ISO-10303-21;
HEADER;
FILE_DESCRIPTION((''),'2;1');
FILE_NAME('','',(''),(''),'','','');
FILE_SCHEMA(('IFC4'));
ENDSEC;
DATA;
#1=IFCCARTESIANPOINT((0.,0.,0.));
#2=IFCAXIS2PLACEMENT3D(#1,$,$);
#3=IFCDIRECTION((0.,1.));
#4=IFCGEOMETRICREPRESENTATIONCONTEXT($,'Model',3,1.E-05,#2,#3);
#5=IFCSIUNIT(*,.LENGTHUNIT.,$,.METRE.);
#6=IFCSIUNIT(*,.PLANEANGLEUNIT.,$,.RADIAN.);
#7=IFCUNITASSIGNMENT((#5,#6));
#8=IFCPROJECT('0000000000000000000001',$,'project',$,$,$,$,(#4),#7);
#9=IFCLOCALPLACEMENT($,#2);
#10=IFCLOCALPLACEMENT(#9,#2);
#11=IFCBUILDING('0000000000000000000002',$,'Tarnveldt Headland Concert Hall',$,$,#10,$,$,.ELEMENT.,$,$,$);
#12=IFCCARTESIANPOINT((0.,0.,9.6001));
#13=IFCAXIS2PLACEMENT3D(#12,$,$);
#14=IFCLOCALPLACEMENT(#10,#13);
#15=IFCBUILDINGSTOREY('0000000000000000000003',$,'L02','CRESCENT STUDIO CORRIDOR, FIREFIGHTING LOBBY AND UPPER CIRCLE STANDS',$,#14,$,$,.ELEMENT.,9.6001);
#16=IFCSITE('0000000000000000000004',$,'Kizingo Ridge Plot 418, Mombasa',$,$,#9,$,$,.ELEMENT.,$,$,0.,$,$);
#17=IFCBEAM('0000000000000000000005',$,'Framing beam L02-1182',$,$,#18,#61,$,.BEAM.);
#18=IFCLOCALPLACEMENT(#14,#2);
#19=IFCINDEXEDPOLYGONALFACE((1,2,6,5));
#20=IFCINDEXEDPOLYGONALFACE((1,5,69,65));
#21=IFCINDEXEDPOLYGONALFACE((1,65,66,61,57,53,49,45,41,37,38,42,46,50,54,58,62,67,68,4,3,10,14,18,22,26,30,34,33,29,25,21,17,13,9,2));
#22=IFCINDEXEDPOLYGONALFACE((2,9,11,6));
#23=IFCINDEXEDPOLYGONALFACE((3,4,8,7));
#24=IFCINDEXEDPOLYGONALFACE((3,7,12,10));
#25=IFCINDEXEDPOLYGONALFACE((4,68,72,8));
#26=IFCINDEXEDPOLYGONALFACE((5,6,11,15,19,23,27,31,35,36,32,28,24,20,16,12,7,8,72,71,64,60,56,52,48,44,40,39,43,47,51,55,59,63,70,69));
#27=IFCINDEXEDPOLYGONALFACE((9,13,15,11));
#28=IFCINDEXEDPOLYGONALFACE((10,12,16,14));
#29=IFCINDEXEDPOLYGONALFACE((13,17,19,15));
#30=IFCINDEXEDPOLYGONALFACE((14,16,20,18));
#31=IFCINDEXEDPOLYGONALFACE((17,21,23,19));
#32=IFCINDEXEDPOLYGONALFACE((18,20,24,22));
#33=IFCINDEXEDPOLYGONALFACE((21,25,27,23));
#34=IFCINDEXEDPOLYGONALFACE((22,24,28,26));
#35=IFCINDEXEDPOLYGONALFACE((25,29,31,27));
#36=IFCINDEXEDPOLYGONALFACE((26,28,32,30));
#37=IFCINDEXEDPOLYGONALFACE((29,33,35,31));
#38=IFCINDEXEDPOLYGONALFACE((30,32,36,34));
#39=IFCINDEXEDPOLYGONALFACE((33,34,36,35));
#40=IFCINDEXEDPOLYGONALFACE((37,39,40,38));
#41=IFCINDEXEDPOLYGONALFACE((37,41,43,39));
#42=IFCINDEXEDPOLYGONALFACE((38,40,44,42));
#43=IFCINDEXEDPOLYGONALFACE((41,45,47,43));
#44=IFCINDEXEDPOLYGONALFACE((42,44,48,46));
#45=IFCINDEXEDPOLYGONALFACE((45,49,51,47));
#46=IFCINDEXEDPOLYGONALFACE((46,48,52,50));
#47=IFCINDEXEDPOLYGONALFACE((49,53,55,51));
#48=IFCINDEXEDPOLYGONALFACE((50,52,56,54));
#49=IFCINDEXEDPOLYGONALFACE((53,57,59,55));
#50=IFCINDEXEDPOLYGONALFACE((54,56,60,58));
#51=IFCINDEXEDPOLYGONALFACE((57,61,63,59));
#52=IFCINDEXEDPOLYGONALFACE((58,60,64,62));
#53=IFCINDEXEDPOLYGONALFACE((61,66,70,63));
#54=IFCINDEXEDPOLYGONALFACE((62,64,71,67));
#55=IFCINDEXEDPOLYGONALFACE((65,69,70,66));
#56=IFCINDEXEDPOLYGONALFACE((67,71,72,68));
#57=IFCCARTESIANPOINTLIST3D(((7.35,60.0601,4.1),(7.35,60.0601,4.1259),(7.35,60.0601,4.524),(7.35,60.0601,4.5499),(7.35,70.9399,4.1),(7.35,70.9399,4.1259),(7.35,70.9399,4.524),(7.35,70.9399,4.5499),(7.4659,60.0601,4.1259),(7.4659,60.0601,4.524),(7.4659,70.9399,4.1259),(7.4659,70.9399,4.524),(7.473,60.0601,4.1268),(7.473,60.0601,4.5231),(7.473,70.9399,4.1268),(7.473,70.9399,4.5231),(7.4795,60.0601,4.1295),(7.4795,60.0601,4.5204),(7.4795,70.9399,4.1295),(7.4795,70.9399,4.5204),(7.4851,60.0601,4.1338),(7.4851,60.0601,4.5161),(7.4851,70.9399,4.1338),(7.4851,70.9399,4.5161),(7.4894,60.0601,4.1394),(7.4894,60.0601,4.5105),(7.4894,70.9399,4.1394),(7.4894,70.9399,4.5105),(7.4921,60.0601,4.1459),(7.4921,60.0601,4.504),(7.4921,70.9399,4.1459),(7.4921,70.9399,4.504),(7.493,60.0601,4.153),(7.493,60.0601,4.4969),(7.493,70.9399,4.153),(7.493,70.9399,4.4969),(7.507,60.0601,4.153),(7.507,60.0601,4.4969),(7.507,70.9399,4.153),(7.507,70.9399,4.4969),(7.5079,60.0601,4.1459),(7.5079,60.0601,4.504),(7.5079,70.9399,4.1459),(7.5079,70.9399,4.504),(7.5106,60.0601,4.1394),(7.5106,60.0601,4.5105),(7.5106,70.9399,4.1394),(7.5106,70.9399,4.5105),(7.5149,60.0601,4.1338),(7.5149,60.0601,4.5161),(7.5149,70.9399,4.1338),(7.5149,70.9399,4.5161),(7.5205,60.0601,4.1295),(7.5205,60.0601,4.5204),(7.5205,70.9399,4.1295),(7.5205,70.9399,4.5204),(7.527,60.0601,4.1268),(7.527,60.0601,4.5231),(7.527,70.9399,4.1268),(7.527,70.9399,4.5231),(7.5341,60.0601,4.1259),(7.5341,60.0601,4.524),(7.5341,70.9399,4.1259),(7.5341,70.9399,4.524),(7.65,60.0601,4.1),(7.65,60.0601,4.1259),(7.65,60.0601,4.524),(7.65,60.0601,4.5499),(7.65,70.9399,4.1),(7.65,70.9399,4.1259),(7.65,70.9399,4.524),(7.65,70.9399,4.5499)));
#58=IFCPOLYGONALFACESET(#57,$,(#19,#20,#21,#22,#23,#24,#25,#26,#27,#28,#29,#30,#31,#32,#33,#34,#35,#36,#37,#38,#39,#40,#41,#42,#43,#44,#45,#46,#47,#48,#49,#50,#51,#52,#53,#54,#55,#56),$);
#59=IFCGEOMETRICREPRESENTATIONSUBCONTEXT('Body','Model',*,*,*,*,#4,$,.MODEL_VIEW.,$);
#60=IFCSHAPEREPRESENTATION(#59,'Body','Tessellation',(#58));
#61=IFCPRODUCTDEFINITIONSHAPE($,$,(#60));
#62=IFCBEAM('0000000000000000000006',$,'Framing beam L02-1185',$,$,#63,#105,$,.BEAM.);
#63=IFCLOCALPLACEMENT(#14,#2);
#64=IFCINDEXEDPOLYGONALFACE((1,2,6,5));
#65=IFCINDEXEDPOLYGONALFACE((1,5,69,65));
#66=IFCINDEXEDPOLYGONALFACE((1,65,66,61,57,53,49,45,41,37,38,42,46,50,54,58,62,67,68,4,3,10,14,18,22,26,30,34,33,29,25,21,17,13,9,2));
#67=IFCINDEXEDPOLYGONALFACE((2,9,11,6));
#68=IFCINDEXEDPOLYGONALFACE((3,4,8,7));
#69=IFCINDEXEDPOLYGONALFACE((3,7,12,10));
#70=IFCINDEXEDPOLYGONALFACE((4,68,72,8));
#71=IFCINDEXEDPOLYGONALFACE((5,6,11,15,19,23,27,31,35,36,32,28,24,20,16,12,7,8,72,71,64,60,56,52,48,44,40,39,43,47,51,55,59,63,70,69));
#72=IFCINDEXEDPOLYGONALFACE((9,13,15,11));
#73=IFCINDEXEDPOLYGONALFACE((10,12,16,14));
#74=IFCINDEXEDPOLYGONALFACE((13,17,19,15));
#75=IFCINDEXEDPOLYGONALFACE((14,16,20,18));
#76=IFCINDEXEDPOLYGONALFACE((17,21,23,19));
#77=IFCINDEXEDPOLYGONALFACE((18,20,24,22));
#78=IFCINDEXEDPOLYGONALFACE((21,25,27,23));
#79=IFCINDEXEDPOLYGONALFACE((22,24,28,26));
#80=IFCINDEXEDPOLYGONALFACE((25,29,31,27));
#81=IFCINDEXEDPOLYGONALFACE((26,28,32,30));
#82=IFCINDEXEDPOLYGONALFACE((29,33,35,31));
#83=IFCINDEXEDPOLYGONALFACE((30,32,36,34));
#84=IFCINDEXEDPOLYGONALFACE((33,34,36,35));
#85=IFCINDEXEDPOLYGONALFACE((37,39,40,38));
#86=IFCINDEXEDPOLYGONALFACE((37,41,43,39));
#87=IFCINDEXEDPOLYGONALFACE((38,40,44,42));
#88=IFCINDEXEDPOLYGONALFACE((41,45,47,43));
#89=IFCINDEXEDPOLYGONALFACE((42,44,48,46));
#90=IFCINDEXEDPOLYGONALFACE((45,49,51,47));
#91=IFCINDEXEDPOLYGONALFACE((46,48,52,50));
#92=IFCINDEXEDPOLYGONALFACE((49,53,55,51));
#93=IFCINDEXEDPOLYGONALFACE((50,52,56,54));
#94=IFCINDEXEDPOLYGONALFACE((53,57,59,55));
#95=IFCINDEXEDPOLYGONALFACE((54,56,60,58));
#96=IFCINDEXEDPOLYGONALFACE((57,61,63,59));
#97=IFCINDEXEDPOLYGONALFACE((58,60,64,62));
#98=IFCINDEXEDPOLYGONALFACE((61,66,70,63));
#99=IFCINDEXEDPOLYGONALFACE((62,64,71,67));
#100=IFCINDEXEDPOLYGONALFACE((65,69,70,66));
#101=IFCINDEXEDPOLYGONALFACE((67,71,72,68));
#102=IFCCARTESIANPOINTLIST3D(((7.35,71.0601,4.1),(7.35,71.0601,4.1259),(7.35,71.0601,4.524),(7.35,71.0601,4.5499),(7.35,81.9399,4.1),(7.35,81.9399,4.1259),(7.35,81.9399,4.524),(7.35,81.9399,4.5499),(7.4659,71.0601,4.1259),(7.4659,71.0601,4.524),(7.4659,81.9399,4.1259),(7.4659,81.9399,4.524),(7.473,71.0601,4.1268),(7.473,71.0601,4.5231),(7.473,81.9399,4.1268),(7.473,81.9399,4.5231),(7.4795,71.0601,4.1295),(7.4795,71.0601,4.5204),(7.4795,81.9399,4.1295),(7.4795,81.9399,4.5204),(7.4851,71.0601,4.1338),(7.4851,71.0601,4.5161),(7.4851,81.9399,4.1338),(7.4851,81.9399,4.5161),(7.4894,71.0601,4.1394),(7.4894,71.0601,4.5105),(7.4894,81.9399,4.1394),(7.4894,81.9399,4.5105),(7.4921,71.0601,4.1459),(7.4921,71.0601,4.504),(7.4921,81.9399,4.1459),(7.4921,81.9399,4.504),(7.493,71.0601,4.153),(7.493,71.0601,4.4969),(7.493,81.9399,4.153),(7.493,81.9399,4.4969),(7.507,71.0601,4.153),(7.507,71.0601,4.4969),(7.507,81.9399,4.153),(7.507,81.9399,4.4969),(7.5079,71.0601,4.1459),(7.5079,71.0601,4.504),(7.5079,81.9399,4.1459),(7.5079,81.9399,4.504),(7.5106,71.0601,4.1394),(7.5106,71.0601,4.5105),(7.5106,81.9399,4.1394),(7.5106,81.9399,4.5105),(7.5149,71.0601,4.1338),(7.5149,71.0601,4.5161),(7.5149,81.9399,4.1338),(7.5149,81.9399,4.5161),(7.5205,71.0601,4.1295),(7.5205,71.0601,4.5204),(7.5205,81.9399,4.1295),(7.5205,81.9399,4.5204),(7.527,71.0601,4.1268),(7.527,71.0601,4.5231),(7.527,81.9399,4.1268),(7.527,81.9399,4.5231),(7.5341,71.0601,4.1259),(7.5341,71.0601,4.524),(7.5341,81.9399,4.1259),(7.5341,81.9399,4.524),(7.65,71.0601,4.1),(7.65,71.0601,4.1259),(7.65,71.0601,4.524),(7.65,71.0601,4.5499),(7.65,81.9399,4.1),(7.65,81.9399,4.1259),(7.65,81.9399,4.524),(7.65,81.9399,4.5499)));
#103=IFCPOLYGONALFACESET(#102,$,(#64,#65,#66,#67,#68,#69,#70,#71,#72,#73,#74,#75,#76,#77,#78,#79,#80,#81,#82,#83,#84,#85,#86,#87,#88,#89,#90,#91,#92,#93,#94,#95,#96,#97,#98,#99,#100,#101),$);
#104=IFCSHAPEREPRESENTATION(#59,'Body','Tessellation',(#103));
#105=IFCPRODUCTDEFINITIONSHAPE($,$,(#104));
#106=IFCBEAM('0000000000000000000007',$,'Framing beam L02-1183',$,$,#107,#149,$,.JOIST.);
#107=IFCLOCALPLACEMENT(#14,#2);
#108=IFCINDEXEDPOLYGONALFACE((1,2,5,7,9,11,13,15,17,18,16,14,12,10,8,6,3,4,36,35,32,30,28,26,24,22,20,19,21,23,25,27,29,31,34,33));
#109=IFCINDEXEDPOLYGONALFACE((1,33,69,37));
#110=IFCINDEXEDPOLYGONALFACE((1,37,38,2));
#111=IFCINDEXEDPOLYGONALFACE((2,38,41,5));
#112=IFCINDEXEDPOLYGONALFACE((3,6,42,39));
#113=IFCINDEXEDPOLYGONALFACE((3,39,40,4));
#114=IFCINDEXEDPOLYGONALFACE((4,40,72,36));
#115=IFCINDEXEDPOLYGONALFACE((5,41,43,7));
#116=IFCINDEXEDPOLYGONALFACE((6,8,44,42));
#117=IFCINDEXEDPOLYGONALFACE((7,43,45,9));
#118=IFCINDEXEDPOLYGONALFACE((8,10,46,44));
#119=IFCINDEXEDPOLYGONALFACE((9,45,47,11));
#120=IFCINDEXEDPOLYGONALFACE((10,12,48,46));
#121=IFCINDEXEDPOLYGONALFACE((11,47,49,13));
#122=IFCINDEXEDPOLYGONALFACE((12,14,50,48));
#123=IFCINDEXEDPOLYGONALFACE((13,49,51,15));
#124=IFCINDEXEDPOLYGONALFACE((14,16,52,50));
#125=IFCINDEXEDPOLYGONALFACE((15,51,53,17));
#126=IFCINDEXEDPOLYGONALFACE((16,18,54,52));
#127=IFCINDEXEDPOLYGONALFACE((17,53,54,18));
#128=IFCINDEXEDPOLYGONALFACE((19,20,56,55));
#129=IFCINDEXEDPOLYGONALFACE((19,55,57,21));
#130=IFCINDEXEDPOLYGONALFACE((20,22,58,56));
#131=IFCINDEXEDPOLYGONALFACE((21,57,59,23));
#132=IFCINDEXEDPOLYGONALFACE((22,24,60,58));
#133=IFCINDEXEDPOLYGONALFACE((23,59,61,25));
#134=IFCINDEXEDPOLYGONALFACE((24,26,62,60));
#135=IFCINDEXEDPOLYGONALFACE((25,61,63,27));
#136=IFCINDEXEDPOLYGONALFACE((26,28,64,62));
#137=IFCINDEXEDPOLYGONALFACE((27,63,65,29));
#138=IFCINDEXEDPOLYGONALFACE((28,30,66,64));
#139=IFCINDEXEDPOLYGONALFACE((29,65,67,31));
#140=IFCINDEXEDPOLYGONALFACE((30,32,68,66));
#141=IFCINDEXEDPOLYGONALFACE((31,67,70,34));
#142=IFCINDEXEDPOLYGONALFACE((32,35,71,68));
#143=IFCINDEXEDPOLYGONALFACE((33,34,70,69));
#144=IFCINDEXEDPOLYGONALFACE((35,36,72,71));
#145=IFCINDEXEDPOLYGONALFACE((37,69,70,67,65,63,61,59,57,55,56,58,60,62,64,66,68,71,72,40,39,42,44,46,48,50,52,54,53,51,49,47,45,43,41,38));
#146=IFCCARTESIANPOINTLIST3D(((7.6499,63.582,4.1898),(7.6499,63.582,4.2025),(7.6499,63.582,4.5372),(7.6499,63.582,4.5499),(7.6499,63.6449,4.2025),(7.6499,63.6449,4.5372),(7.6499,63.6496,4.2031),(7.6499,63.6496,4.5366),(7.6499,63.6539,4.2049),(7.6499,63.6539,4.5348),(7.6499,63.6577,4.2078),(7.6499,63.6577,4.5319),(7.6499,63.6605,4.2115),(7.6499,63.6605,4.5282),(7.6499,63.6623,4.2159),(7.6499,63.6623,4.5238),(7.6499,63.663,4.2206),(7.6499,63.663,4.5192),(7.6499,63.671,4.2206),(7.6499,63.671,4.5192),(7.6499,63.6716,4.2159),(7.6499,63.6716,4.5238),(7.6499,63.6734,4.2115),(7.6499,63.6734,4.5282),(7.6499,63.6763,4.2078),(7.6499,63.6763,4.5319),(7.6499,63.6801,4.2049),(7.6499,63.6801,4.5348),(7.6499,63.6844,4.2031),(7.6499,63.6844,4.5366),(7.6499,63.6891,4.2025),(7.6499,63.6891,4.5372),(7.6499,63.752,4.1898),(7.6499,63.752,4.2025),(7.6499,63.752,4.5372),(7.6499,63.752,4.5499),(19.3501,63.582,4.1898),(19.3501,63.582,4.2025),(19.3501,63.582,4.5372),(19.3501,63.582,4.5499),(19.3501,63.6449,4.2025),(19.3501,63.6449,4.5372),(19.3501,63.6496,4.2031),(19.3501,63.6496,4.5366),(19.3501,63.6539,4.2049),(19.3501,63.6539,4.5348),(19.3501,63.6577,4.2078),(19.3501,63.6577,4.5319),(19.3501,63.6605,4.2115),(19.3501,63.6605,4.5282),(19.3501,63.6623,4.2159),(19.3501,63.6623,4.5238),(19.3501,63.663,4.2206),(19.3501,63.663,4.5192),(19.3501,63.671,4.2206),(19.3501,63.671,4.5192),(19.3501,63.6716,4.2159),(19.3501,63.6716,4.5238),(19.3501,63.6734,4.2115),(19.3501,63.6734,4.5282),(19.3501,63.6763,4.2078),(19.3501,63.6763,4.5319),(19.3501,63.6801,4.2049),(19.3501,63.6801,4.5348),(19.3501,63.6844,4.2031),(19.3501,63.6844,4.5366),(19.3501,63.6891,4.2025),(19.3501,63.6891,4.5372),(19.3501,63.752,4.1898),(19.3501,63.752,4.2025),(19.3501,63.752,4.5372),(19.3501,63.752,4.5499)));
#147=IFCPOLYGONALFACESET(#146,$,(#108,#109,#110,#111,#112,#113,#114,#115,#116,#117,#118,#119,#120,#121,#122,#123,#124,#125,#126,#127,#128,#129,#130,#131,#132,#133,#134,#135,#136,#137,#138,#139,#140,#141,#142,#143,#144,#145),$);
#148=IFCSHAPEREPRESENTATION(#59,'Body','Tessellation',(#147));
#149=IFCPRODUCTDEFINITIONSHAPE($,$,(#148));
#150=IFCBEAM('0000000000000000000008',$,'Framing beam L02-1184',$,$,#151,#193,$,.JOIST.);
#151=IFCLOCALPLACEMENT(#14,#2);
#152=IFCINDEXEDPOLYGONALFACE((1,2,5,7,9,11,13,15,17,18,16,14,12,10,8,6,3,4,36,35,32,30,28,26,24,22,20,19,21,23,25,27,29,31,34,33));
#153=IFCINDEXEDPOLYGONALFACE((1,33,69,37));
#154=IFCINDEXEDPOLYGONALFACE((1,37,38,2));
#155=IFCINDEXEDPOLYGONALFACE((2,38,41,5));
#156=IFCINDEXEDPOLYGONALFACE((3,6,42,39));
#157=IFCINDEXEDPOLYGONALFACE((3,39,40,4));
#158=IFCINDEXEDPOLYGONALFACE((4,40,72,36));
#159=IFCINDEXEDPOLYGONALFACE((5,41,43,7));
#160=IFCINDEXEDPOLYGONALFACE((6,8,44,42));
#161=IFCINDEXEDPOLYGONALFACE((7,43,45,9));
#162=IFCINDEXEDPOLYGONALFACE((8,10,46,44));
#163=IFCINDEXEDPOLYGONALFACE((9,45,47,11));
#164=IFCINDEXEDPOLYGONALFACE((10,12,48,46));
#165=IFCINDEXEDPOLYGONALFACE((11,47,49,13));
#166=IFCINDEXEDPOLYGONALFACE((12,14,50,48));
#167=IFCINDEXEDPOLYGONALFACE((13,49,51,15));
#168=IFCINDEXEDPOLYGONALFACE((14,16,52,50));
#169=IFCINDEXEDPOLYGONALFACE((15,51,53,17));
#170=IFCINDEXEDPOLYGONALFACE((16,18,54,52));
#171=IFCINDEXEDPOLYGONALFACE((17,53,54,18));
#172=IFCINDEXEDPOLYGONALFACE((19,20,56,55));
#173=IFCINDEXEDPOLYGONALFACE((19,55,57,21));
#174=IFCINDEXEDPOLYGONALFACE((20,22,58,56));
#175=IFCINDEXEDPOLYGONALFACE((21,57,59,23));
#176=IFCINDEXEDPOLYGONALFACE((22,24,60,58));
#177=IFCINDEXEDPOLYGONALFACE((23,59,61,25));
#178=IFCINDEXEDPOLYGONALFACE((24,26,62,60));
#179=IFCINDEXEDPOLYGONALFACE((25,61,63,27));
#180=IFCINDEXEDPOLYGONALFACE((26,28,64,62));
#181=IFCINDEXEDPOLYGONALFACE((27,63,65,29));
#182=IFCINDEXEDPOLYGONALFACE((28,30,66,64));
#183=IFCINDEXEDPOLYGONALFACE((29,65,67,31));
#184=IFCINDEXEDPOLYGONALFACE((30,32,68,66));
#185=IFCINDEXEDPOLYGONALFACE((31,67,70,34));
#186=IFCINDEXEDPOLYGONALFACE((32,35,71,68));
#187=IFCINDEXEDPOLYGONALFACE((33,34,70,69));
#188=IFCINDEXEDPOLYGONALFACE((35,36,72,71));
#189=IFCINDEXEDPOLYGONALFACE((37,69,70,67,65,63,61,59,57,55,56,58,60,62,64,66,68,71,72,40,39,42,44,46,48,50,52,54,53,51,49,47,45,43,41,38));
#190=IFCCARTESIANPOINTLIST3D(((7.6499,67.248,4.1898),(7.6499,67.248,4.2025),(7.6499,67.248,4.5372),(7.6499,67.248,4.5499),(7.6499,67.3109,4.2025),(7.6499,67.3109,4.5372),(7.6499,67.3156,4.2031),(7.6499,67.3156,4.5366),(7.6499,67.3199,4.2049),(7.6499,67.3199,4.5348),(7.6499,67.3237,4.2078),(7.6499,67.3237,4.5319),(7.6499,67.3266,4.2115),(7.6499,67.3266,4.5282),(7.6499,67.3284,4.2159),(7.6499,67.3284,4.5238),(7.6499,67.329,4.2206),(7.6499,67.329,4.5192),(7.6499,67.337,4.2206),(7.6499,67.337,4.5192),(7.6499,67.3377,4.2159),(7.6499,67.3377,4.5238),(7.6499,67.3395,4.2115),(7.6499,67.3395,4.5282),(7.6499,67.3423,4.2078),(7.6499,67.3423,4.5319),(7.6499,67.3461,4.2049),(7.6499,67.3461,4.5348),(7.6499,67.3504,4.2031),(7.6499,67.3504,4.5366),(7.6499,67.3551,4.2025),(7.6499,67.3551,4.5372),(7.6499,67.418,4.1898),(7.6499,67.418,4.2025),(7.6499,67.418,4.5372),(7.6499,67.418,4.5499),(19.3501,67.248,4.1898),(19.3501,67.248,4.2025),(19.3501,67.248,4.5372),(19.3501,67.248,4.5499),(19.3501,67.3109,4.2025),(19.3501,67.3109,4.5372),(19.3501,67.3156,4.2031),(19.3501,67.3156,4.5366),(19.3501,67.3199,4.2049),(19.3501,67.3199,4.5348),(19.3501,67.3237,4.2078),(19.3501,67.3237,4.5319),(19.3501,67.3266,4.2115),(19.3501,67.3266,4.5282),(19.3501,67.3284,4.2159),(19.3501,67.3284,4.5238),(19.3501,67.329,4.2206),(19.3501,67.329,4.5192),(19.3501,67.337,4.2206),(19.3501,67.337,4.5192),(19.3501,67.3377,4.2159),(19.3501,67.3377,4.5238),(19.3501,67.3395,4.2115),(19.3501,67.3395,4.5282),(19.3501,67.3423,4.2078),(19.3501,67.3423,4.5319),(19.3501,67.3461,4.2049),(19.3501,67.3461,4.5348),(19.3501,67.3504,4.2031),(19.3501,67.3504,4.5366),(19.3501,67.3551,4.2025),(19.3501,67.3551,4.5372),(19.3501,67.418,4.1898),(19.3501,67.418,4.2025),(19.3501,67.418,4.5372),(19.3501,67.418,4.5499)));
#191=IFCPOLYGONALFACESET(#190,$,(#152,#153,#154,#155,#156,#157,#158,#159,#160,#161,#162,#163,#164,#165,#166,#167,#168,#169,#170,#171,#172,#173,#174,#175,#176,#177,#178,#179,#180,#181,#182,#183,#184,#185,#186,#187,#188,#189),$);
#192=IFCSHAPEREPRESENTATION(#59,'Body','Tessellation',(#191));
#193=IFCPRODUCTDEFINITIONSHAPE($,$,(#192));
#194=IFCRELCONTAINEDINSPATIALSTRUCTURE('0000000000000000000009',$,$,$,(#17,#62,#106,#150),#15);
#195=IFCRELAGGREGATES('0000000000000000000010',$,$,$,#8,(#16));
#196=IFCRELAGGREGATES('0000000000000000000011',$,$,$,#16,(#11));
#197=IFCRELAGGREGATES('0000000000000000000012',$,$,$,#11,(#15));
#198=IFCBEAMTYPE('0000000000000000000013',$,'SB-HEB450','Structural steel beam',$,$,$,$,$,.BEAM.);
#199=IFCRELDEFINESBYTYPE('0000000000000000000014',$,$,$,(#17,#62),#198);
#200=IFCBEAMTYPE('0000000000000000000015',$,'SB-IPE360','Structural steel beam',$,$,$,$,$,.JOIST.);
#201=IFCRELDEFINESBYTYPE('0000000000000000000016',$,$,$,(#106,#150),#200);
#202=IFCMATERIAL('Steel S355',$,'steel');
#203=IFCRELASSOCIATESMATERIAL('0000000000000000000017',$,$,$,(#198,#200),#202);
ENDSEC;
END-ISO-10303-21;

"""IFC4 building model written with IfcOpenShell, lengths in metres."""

from ifc_helpers import new_model, si_unit, direction, frame, origin, origin_2d, place, context, subcontext, project, spatial, i_section, extrude, material, material_profile, profile_set, type_object, element, save


model = new_model("IFC4")

# Units and contexts
model_context = context("Model", 3, precision=1e-05, world=origin(), true_north=direction((0.0, 1.0)))
body_context = subcontext(model_context, "Body", "Model", "MODEL_VIEW")
ifc_project = project(units=[si_unit("LENGTHUNIT", "METRE"), si_unit("PLANEANGLEUNIT", "RADIAN")], contexts=[model_context])

# Site, building, storey
site_placement = place(None, origin())
site = spatial("IfcSite", under=ifc_project, at=site_placement, Name="Kizingo Ridge Plot 418, Mombasa", CompositionType="ELEMENT", RefElevation=0.0)
building_placement = place(site_placement, origin())
building = spatial("IfcBuilding", under=site, at=building_placement, Name="Tarnveldt Headland Concert Hall", CompositionType="ELEMENT")
storey_placement = place(building_placement, frame((0.0, 0.0, 9.6001)))
storey = spatial("IfcBuildingStorey", under=building, at=storey_placement, Name="L02", Description="CRESCENT STUDIO CORRIDOR, FIREFIGHTING LOBBY AND UPPER CIRCLE STANDS", CompositionType="ELEMENT", Elevation=9.6001)

# Shared definitions
ifc_material_1 = material(Name="Steel S355", Category="steel")

# Beams
ifc_material_profile_1 = material_profile(ifc_material_1, i_section(OverallWidth=0.3, OverallDepth=0.45, WebThickness=0.0139, FlangeThickness=0.0259, FilletRadius=0.0271, at=origin_2d()), Name="HEB450", Category="steel")
ifc_profile_set_1 = profile_set([ifc_material_profile_1], Name="Steel S355")
beam_type_1 = type_object("IfcBeamType", Name="SB-HEB450", Description="Structural steel beam", PredefinedType="BEAM", material=ifc_profile_set_1)
for number, where, z_axis, x_axis, name in (
    (1, (7.5, 60.0601, 4.325), (0.0, 1.0, 0.0), (-1.0, 0.0, 0.0), "Framing beam L02-1182"),
    (2, (7.5, 71.0601, 4.325), (0.0, 1.0, 0.0), (-1.0, 0.0, 0.0), "Framing beam L02-1185"),
):
    element("IfcBeam", number, at=place(storey_placement, frame(where, z_axis=z_axis, x_axis=x_axis)), inside=storey, type_object=beam_type_1, Name=name, PredefinedType="BEAM", context=body_context, shape_type="SweptSolid", body=[
        extrude(i_section(OverallWidth=0.3, OverallDepth=0.45, WebThickness=0.0139, FlangeThickness=0.0259, FilletRadius=0.0271, at=origin_2d()), origin(), (0.0, 0.0, 1.0), 10.8799),
    ])
ifc_material_profile_2 = material_profile(ifc_material_1, i_section(OverallWidth=0.1699, OverallDepth=0.3601, WebThickness=0.0081, FlangeThickness=0.0127, FilletRadius=0.0181, at=origin_2d()), Name="IPE360", Category="steel")
ifc_profile_set_2 = profile_set([ifc_material_profile_2], Name="Steel S355")
beam_type_2 = type_object("IfcBeamType", Name="SB-IPE360", Description="Structural steel beam", PredefinedType="JOIST", material=ifc_profile_set_2)
for number, where, z_axis, x_axis, name in (
    (3, (7.6499, 63.667, 4.3699), (1.0, 0.0, 0.0), (0.0, 1.0, 0.0), "Framing beam L02-1183"),
    (4, (7.6499, 67.333, 4.3699), (1.0, 0.0, 0.0), (0.0, 1.0, 0.0), "Framing beam L02-1184"),
):
    element("IfcBeam", number, at=place(storey_placement, frame(where, z_axis=z_axis, x_axis=x_axis)), inside=storey, type_object=beam_type_2, Name=name, PredefinedType="JOIST", context=body_context, shape_type="SweptSolid", body=[
        extrude(i_section(OverallWidth=0.1699, OverallDepth=0.3601, WebThickness=0.0081, FlangeThickness=0.0127, FilletRadius=0.0181, at=origin_2d()), origin(), (0.0, 0.0, 1.0), 11.7002),
    ])

save(model, "model.ifc")
